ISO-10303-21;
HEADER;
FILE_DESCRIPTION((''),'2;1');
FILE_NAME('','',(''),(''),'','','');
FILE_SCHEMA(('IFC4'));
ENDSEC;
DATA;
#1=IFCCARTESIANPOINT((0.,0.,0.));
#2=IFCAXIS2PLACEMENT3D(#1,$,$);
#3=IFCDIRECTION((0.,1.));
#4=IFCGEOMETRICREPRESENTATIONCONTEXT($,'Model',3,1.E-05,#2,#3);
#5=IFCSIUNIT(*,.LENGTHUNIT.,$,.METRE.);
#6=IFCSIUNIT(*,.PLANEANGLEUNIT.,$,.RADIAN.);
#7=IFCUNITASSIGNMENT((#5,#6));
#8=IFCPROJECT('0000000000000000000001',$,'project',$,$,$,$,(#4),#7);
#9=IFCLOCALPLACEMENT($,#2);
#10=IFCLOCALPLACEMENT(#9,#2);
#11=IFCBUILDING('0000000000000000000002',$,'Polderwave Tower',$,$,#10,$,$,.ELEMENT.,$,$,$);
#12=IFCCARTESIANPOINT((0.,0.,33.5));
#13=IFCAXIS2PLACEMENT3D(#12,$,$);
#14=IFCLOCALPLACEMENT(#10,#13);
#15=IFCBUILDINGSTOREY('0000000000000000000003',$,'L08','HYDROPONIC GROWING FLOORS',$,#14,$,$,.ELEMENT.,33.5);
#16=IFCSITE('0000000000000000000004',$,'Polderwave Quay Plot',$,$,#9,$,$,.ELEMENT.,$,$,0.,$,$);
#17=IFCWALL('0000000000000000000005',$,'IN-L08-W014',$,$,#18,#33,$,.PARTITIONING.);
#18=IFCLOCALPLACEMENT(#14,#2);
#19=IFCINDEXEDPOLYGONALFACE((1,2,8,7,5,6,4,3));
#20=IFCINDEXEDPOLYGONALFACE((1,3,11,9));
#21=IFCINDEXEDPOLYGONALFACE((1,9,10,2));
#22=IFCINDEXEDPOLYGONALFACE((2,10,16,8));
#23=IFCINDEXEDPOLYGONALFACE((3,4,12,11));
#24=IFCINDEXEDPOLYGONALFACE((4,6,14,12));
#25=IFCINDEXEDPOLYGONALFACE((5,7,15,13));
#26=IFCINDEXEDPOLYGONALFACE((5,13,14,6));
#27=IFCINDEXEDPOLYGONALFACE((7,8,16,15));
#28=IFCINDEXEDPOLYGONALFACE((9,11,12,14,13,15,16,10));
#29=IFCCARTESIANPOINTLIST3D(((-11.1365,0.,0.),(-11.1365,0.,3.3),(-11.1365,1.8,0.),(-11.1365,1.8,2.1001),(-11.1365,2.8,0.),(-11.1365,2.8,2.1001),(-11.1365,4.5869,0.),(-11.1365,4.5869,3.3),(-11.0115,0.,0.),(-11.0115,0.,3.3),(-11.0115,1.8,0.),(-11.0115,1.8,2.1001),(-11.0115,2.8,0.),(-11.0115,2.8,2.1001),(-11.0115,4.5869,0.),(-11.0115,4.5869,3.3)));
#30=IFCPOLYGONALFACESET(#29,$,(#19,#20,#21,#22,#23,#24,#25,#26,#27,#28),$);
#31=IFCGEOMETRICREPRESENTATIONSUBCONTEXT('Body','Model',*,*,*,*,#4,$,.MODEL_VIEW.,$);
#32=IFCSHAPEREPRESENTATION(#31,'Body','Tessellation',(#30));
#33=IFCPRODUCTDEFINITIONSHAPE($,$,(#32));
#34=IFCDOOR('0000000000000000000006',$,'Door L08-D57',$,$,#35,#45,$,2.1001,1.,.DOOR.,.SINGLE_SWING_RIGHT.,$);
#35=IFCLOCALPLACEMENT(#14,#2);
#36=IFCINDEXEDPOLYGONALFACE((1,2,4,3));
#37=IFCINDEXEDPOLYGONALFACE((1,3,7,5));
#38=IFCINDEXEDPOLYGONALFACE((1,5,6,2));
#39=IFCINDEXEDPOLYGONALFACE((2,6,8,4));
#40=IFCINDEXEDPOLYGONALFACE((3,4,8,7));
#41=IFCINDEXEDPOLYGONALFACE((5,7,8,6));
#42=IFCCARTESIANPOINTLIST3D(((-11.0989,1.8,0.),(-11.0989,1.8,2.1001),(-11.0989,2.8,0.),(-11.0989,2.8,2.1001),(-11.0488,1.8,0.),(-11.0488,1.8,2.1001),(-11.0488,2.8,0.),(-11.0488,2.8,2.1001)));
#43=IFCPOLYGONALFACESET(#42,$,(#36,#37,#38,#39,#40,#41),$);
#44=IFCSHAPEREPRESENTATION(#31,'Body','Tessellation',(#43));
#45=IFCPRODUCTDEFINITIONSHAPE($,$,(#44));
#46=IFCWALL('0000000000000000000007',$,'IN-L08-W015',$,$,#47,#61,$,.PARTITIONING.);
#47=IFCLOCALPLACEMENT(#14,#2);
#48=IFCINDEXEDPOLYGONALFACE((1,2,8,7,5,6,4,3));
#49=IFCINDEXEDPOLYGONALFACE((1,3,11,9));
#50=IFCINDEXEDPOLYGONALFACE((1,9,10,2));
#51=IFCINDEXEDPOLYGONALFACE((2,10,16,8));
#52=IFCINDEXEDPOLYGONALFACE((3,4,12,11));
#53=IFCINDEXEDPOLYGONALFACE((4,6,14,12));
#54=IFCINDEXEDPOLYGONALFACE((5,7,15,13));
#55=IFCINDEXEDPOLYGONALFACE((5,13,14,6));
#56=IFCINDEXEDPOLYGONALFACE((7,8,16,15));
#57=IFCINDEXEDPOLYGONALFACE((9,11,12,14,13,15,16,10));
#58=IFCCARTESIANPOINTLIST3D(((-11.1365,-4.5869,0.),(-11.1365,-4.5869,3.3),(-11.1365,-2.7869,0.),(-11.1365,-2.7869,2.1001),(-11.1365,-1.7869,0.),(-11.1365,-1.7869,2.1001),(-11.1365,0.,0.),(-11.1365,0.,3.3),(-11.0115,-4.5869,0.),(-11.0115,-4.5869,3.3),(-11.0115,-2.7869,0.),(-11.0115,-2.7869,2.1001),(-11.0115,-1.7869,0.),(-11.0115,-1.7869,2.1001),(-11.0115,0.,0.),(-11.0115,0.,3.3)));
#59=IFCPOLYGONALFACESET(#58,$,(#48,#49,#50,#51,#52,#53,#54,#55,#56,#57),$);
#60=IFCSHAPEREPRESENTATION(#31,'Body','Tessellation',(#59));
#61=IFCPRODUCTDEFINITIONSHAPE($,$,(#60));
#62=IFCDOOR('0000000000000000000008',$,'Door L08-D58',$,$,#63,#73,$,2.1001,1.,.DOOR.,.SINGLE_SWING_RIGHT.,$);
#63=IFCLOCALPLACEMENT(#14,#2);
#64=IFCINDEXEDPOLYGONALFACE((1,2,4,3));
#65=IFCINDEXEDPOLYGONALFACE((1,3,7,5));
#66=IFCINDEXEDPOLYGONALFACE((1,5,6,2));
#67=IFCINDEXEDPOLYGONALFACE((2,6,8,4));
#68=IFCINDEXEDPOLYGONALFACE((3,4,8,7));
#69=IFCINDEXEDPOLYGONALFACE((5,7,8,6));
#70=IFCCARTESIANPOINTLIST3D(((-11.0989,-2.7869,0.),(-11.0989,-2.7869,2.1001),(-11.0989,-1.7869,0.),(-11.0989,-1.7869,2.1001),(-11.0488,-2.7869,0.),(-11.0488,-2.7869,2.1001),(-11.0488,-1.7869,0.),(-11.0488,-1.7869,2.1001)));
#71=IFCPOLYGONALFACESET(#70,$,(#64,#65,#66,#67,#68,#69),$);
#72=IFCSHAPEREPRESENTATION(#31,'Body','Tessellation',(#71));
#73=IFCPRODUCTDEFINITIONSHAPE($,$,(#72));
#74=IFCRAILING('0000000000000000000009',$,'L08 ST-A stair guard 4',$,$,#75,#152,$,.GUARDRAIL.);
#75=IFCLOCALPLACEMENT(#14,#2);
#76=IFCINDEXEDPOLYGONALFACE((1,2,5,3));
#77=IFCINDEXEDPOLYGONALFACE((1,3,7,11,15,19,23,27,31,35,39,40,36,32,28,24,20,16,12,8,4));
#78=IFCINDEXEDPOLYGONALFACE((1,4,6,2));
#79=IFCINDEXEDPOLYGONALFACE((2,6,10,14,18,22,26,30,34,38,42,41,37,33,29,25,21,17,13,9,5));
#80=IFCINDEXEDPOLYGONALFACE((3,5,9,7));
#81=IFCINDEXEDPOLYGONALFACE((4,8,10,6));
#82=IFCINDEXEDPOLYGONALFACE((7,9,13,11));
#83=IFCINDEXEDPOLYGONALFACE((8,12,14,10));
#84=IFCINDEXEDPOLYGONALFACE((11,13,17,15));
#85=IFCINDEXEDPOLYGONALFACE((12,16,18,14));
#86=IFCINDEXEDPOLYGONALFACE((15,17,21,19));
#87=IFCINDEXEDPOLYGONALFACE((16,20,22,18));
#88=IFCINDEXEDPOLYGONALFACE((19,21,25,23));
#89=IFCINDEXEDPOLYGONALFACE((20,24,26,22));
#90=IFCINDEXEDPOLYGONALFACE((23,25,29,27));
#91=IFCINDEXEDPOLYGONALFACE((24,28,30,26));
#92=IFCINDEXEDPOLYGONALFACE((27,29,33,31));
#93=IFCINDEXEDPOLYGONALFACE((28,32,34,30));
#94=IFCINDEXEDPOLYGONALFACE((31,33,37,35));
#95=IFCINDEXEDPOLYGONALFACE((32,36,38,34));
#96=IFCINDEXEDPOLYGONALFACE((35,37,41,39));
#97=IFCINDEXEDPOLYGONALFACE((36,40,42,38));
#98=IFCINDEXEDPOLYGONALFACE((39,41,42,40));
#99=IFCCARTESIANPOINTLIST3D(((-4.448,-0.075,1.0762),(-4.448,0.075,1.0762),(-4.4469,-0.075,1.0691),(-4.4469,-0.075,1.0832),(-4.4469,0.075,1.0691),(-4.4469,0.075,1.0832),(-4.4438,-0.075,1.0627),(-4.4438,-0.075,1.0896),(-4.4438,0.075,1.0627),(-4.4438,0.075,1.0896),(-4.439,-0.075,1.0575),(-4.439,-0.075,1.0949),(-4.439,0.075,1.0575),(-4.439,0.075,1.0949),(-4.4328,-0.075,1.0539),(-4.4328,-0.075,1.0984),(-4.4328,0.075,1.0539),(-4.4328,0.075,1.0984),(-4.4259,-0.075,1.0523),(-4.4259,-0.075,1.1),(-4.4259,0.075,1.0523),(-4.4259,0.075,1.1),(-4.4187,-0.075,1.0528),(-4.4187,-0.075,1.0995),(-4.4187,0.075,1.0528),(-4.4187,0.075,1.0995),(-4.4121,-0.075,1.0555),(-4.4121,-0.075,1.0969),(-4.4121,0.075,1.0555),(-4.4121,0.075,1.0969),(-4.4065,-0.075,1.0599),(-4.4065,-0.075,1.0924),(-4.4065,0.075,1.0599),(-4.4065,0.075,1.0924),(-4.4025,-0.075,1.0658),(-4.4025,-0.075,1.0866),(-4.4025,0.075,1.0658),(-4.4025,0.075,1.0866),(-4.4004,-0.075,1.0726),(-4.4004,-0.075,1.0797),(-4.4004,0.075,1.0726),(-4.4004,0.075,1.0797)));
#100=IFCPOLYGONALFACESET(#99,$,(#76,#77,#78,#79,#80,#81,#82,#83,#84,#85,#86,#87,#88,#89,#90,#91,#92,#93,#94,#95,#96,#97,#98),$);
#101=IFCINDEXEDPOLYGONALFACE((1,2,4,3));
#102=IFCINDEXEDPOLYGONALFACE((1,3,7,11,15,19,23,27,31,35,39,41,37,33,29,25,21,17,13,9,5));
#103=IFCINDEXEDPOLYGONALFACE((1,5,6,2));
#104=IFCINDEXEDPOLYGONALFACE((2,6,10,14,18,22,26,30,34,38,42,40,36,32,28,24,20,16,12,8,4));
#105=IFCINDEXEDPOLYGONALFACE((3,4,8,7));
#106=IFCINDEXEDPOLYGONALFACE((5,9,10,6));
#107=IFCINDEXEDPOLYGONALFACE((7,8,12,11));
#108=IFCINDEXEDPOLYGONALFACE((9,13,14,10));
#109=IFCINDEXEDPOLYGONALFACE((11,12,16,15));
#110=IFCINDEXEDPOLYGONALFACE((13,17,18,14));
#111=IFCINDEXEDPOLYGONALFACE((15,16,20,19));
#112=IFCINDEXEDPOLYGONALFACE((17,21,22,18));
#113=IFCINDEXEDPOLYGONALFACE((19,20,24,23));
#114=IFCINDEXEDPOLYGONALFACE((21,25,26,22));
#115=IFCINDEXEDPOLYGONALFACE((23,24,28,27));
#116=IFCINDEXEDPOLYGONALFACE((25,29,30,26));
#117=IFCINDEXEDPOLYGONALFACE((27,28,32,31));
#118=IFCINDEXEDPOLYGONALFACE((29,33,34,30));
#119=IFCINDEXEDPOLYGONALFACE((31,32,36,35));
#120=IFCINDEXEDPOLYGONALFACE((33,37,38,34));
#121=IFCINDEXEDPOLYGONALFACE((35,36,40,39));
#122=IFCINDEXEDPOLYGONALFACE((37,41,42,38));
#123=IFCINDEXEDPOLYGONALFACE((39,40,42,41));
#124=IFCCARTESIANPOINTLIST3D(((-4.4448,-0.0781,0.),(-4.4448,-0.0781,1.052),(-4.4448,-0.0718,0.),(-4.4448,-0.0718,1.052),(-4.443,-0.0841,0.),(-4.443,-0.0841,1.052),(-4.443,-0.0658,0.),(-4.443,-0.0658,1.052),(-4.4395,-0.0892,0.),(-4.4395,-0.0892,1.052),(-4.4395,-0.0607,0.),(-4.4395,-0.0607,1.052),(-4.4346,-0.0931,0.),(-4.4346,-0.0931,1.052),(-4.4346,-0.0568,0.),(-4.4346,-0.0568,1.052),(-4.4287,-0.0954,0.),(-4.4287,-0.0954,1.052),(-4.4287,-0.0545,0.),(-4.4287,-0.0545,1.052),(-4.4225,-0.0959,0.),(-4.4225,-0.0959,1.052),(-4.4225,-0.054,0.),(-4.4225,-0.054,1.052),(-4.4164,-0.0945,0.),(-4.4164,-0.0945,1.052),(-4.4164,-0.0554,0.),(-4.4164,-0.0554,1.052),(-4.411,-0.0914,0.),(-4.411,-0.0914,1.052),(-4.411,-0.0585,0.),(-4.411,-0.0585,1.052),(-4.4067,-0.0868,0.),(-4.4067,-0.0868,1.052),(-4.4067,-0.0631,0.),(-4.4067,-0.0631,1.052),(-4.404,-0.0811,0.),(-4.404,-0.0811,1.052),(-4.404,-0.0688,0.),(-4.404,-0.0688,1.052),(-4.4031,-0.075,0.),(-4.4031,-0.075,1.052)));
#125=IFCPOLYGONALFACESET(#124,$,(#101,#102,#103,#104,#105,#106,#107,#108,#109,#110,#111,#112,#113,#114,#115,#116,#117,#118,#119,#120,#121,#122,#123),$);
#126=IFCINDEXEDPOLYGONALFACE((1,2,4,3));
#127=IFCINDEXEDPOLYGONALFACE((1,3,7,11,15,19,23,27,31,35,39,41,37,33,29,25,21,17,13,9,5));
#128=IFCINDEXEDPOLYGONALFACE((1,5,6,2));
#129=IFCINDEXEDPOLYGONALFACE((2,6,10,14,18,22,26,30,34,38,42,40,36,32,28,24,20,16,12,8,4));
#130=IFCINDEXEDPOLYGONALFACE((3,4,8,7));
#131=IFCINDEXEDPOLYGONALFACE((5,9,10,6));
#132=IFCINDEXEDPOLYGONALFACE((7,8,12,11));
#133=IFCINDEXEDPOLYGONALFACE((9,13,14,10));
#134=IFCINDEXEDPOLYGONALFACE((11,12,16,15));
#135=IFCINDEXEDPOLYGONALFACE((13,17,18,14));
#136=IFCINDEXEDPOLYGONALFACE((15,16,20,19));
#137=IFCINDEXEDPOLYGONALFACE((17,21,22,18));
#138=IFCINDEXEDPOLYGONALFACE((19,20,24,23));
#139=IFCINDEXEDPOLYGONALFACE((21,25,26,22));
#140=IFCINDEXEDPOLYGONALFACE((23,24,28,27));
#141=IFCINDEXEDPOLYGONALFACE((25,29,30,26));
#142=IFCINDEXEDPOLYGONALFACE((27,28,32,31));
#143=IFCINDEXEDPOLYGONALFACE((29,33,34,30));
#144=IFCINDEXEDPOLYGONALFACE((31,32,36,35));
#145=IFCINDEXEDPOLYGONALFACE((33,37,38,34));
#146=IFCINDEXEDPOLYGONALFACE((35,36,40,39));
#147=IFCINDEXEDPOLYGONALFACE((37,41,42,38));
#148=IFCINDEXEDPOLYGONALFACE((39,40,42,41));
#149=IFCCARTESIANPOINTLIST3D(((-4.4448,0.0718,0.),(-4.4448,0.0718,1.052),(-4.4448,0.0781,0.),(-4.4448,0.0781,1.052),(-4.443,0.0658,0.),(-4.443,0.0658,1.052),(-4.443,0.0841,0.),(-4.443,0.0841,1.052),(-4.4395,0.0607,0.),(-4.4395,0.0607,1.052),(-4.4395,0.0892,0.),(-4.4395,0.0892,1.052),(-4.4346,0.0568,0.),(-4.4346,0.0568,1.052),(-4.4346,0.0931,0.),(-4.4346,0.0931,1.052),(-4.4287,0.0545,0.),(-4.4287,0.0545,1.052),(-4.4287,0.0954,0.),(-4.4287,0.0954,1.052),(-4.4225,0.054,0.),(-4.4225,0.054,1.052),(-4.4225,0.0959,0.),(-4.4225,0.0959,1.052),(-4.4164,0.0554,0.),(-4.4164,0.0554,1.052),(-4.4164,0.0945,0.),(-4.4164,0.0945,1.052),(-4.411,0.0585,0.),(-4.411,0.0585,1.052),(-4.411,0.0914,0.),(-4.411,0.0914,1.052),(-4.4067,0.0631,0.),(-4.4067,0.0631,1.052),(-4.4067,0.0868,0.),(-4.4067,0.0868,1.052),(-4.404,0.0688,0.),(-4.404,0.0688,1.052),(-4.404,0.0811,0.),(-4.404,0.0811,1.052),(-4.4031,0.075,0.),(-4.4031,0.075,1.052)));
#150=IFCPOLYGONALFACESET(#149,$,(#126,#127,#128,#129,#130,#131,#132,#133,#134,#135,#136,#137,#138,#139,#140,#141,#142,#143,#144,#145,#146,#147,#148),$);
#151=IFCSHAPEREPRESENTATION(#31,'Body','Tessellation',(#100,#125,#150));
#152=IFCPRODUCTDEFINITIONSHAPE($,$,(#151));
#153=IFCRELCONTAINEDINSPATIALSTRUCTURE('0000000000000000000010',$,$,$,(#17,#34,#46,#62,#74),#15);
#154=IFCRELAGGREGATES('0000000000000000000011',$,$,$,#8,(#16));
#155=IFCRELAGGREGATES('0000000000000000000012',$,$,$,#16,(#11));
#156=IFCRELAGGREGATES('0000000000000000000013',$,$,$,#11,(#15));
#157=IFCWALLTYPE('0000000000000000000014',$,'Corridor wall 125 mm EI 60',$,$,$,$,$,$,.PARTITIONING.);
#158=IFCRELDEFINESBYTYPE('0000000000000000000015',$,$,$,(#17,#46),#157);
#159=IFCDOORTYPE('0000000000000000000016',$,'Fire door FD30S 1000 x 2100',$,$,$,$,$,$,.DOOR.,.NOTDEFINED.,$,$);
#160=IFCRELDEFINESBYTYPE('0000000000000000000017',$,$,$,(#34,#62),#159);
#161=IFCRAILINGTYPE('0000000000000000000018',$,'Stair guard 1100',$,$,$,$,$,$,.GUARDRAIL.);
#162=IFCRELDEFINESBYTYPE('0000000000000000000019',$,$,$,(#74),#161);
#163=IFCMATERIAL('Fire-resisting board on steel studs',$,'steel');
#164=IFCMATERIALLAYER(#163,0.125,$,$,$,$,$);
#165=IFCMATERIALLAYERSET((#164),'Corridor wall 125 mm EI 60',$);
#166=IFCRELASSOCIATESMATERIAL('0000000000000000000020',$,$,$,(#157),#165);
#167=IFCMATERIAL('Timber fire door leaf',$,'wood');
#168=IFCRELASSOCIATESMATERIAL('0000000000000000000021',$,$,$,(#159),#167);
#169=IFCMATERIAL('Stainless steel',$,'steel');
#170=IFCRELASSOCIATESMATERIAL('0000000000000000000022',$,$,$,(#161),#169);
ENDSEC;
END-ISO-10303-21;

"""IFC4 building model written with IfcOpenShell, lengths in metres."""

from ifc_helpers import new_model, si_unit, direction, frame, frame_2d, origin, origin_2d, place, context, subcontext, project, spatial, rectangle, circle, extrude, material, layer, layer_set, type_object, element, fill, save


model = new_model("IFC4")

# Units and contexts
model_context = context("Model", 3, precision=1e-05, world=origin(), true_north=direction((0.0, 1.0)))
body_context = subcontext(model_context, "Body", "Model", "MODEL_VIEW")
ifc_project = project(units=[si_unit("LENGTHUNIT", "METRE"), si_unit("PLANEANGLEUNIT", "RADIAN")], contexts=[model_context])

# Site, building, storey
site_placement = place(None, origin())
site = spatial("IfcSite", under=ifc_project, at=site_placement, Name="Polderwave Quay Plot", CompositionType="ELEMENT", RefElevation=0.0)
building_placement = place(site_placement, origin())
building = spatial("IfcBuilding", under=site, at=building_placement, Name="Polderwave Tower", CompositionType="ELEMENT")
storey_placement = place(building_placement, frame((0.0, 0.0, 33.5)))
storey = spatial("IfcBuildingStorey", under=building, at=storey_placement, Name="L08", Description="HYDROPONIC GROWING FLOORS", CompositionType="ELEMENT", Elevation=33.5)

# Shared definitions
ifc_material_1 = material(Name="Stainless steel", Category="steel")

# Walls, openings, doors
ifc_material_2 = material(Name="Fire-resisting board on steel studs", Category="steel")
ifc_layer_1 = layer(ifc_material_2, 0.125)
ifc_layer_set_1 = layer_set([ifc_layer_1], Name="Corridor wall 125 mm EI 60")
wall_type_1 = type_object("IfcWallType", Name="Corridor wall 125 mm EI 60", PredefinedType="PARTITIONING", material=ifc_layer_set_1)
wall_1_placement = place(storey_placement, frame((-11.074, 0.0, 0.0), z_axis=(0.0, 0.0, 1.0), x_axis=(0.0, 1.0, 0.0)))
wall_1 = element("IfcWall", 1, at=wall_1_placement, inside=storey, type_object=wall_type_1, Name="IN-L08-W014", PredefinedType="PARTITIONING", context=body_context, shape_type="SweptSolid", body=[
    extrude(rectangle(XDim=4.5869, YDim=0.125, at=frame_2d((2.2935, 0.0))), origin(), (0.0, 0.0, 1.0), 3.3),
])
opening_1_placement = place(wall_1_placement, frame((1.8, 0.0, 0.0)))
opening_1 = element("IfcOpeningElement", 2, at=opening_1_placement, cuts=wall_1, PredefinedType="OPENING", context=body_context, shape_type="SweptSolid", body=[
    extrude(rectangle(XDim=1.0, YDim=2.1001, at=frame_2d((0.5, 1.05))), frame((0.0, 0.0725, 0.0), z_axis=(0.0, -1.0, 0.0), x_axis=(1.0, 0.0, 0.0)), (0.0, 0.0, 1.0), 0.145),
])
ifc_material_3 = material(Name="Timber fire door leaf", Category="wood")
door_type_1 = type_object("IfcDoorType", Name="Fire door FD30S 1000 x 2100", OperationType="NOTDEFINED", PredefinedType="DOOR", material=ifc_material_3)
door_1_placement = place(opening_1_placement, origin())
door_1 = element("IfcDoor", 3, at=door_1_placement, inside=storey, type_object=door_type_1, Name="Door L08-D57", OperationType="SINGLE_SWING_RIGHT", OverallHeight=2.1001, OverallWidth=1.0, PredefinedType="DOOR", context=body_context, shape_type="SweptSolid", body=[
    extrude(rectangle(XDim=1.0, YDim=2.1001, at=frame_2d((0.5, 1.05))), frame((0.0, 0.0249, 0.0), z_axis=(0.0, -1.0, 0.0), x_axis=(1.0, 0.0, 0.0)), (0.0, 0.0, 1.0), 0.05),
])
fill(opening_1, door_1)
wall_2_placement = place(storey_placement, frame((-11.074, -4.5869, 0.0), z_axis=(0.0, 0.0, 1.0), x_axis=(0.0, 1.0, 0.0)))
wall_2 = element("IfcWall", 4, at=wall_2_placement, inside=storey, type_object=wall_type_1, Name="IN-L08-W015", PredefinedType="PARTITIONING", context=body_context, shape_type="SweptSolid", body=[
    extrude(rectangle(XDim=4.5869, YDim=0.125, at=frame_2d((2.2935, 0.0))), origin(), (0.0, 0.0, 1.0), 3.3),
])
opening_2_placement = place(wall_2_placement, frame((1.8, 0.0, 0.0)))
opening_2 = element("IfcOpeningElement", 5, at=opening_2_placement, cuts=wall_2, PredefinedType="OPENING", context=body_context, shape_type="SweptSolid", body=[
    extrude(rectangle(XDim=1.0, YDim=2.1001, at=frame_2d((0.5, 1.05))), frame((0.0, 0.0725, 0.0), z_axis=(0.0, -1.0, 0.0), x_axis=(1.0, 0.0, 0.0)), (0.0, 0.0, 1.0), 0.145),
])
door_2_placement = place(opening_2_placement, origin())
door_2 = element("IfcDoor", 6, at=door_2_placement, inside=storey, type_object=door_type_1, Name="Door L08-D58", OperationType="SINGLE_SWING_RIGHT", OverallHeight=2.1001, OverallWidth=1.0, PredefinedType="DOOR", context=body_context, shape_type="SweptSolid", body=[
    extrude(rectangle(XDim=1.0, YDim=2.1001, at=frame_2d((0.5, 1.05))), frame((0.0, 0.0249, 0.0), z_axis=(0.0, -1.0, 0.0), x_axis=(1.0, 0.0, 0.0)), (0.0, 0.0, 1.0), 0.05),
])
fill(opening_2, door_2)

# Railing
railing_type = type_object("IfcRailingType", Name="Stair guard 1100", PredefinedType="GUARDRAIL", material=ifc_material_1)
railing_placement = place(storey_placement, frame((-4.4241, -0.075, 0.0)))
element("IfcRailing", 7, at=railing_placement, inside=storey, type_object=railing_type, Name="L08 ST-A stair guard 4", PredefinedType="GUARDRAIL", context=body_context, shape_type="SweptSolid", body=[
    extrude(circle(Radius=0.0239, at=origin_2d()), frame((0.0, 0.0, 1.0762), z_axis=(0.0, 1.0, 0.0), x_axis=(-1.0, 0.0, 0.0)), (0.0, 0.0, 1.0), 0.1499),
    extrude(circle(Radius=0.021, at=origin_2d()), origin(), (0.0, 0.0, 1.0), 1.052),
    extrude(circle(Radius=0.021, at=origin_2d()), frame((0.0, 0.1499, 0.0)), (0.0, 0.0, 1.0), 1.052),
])

save(model, "model.ifc")
